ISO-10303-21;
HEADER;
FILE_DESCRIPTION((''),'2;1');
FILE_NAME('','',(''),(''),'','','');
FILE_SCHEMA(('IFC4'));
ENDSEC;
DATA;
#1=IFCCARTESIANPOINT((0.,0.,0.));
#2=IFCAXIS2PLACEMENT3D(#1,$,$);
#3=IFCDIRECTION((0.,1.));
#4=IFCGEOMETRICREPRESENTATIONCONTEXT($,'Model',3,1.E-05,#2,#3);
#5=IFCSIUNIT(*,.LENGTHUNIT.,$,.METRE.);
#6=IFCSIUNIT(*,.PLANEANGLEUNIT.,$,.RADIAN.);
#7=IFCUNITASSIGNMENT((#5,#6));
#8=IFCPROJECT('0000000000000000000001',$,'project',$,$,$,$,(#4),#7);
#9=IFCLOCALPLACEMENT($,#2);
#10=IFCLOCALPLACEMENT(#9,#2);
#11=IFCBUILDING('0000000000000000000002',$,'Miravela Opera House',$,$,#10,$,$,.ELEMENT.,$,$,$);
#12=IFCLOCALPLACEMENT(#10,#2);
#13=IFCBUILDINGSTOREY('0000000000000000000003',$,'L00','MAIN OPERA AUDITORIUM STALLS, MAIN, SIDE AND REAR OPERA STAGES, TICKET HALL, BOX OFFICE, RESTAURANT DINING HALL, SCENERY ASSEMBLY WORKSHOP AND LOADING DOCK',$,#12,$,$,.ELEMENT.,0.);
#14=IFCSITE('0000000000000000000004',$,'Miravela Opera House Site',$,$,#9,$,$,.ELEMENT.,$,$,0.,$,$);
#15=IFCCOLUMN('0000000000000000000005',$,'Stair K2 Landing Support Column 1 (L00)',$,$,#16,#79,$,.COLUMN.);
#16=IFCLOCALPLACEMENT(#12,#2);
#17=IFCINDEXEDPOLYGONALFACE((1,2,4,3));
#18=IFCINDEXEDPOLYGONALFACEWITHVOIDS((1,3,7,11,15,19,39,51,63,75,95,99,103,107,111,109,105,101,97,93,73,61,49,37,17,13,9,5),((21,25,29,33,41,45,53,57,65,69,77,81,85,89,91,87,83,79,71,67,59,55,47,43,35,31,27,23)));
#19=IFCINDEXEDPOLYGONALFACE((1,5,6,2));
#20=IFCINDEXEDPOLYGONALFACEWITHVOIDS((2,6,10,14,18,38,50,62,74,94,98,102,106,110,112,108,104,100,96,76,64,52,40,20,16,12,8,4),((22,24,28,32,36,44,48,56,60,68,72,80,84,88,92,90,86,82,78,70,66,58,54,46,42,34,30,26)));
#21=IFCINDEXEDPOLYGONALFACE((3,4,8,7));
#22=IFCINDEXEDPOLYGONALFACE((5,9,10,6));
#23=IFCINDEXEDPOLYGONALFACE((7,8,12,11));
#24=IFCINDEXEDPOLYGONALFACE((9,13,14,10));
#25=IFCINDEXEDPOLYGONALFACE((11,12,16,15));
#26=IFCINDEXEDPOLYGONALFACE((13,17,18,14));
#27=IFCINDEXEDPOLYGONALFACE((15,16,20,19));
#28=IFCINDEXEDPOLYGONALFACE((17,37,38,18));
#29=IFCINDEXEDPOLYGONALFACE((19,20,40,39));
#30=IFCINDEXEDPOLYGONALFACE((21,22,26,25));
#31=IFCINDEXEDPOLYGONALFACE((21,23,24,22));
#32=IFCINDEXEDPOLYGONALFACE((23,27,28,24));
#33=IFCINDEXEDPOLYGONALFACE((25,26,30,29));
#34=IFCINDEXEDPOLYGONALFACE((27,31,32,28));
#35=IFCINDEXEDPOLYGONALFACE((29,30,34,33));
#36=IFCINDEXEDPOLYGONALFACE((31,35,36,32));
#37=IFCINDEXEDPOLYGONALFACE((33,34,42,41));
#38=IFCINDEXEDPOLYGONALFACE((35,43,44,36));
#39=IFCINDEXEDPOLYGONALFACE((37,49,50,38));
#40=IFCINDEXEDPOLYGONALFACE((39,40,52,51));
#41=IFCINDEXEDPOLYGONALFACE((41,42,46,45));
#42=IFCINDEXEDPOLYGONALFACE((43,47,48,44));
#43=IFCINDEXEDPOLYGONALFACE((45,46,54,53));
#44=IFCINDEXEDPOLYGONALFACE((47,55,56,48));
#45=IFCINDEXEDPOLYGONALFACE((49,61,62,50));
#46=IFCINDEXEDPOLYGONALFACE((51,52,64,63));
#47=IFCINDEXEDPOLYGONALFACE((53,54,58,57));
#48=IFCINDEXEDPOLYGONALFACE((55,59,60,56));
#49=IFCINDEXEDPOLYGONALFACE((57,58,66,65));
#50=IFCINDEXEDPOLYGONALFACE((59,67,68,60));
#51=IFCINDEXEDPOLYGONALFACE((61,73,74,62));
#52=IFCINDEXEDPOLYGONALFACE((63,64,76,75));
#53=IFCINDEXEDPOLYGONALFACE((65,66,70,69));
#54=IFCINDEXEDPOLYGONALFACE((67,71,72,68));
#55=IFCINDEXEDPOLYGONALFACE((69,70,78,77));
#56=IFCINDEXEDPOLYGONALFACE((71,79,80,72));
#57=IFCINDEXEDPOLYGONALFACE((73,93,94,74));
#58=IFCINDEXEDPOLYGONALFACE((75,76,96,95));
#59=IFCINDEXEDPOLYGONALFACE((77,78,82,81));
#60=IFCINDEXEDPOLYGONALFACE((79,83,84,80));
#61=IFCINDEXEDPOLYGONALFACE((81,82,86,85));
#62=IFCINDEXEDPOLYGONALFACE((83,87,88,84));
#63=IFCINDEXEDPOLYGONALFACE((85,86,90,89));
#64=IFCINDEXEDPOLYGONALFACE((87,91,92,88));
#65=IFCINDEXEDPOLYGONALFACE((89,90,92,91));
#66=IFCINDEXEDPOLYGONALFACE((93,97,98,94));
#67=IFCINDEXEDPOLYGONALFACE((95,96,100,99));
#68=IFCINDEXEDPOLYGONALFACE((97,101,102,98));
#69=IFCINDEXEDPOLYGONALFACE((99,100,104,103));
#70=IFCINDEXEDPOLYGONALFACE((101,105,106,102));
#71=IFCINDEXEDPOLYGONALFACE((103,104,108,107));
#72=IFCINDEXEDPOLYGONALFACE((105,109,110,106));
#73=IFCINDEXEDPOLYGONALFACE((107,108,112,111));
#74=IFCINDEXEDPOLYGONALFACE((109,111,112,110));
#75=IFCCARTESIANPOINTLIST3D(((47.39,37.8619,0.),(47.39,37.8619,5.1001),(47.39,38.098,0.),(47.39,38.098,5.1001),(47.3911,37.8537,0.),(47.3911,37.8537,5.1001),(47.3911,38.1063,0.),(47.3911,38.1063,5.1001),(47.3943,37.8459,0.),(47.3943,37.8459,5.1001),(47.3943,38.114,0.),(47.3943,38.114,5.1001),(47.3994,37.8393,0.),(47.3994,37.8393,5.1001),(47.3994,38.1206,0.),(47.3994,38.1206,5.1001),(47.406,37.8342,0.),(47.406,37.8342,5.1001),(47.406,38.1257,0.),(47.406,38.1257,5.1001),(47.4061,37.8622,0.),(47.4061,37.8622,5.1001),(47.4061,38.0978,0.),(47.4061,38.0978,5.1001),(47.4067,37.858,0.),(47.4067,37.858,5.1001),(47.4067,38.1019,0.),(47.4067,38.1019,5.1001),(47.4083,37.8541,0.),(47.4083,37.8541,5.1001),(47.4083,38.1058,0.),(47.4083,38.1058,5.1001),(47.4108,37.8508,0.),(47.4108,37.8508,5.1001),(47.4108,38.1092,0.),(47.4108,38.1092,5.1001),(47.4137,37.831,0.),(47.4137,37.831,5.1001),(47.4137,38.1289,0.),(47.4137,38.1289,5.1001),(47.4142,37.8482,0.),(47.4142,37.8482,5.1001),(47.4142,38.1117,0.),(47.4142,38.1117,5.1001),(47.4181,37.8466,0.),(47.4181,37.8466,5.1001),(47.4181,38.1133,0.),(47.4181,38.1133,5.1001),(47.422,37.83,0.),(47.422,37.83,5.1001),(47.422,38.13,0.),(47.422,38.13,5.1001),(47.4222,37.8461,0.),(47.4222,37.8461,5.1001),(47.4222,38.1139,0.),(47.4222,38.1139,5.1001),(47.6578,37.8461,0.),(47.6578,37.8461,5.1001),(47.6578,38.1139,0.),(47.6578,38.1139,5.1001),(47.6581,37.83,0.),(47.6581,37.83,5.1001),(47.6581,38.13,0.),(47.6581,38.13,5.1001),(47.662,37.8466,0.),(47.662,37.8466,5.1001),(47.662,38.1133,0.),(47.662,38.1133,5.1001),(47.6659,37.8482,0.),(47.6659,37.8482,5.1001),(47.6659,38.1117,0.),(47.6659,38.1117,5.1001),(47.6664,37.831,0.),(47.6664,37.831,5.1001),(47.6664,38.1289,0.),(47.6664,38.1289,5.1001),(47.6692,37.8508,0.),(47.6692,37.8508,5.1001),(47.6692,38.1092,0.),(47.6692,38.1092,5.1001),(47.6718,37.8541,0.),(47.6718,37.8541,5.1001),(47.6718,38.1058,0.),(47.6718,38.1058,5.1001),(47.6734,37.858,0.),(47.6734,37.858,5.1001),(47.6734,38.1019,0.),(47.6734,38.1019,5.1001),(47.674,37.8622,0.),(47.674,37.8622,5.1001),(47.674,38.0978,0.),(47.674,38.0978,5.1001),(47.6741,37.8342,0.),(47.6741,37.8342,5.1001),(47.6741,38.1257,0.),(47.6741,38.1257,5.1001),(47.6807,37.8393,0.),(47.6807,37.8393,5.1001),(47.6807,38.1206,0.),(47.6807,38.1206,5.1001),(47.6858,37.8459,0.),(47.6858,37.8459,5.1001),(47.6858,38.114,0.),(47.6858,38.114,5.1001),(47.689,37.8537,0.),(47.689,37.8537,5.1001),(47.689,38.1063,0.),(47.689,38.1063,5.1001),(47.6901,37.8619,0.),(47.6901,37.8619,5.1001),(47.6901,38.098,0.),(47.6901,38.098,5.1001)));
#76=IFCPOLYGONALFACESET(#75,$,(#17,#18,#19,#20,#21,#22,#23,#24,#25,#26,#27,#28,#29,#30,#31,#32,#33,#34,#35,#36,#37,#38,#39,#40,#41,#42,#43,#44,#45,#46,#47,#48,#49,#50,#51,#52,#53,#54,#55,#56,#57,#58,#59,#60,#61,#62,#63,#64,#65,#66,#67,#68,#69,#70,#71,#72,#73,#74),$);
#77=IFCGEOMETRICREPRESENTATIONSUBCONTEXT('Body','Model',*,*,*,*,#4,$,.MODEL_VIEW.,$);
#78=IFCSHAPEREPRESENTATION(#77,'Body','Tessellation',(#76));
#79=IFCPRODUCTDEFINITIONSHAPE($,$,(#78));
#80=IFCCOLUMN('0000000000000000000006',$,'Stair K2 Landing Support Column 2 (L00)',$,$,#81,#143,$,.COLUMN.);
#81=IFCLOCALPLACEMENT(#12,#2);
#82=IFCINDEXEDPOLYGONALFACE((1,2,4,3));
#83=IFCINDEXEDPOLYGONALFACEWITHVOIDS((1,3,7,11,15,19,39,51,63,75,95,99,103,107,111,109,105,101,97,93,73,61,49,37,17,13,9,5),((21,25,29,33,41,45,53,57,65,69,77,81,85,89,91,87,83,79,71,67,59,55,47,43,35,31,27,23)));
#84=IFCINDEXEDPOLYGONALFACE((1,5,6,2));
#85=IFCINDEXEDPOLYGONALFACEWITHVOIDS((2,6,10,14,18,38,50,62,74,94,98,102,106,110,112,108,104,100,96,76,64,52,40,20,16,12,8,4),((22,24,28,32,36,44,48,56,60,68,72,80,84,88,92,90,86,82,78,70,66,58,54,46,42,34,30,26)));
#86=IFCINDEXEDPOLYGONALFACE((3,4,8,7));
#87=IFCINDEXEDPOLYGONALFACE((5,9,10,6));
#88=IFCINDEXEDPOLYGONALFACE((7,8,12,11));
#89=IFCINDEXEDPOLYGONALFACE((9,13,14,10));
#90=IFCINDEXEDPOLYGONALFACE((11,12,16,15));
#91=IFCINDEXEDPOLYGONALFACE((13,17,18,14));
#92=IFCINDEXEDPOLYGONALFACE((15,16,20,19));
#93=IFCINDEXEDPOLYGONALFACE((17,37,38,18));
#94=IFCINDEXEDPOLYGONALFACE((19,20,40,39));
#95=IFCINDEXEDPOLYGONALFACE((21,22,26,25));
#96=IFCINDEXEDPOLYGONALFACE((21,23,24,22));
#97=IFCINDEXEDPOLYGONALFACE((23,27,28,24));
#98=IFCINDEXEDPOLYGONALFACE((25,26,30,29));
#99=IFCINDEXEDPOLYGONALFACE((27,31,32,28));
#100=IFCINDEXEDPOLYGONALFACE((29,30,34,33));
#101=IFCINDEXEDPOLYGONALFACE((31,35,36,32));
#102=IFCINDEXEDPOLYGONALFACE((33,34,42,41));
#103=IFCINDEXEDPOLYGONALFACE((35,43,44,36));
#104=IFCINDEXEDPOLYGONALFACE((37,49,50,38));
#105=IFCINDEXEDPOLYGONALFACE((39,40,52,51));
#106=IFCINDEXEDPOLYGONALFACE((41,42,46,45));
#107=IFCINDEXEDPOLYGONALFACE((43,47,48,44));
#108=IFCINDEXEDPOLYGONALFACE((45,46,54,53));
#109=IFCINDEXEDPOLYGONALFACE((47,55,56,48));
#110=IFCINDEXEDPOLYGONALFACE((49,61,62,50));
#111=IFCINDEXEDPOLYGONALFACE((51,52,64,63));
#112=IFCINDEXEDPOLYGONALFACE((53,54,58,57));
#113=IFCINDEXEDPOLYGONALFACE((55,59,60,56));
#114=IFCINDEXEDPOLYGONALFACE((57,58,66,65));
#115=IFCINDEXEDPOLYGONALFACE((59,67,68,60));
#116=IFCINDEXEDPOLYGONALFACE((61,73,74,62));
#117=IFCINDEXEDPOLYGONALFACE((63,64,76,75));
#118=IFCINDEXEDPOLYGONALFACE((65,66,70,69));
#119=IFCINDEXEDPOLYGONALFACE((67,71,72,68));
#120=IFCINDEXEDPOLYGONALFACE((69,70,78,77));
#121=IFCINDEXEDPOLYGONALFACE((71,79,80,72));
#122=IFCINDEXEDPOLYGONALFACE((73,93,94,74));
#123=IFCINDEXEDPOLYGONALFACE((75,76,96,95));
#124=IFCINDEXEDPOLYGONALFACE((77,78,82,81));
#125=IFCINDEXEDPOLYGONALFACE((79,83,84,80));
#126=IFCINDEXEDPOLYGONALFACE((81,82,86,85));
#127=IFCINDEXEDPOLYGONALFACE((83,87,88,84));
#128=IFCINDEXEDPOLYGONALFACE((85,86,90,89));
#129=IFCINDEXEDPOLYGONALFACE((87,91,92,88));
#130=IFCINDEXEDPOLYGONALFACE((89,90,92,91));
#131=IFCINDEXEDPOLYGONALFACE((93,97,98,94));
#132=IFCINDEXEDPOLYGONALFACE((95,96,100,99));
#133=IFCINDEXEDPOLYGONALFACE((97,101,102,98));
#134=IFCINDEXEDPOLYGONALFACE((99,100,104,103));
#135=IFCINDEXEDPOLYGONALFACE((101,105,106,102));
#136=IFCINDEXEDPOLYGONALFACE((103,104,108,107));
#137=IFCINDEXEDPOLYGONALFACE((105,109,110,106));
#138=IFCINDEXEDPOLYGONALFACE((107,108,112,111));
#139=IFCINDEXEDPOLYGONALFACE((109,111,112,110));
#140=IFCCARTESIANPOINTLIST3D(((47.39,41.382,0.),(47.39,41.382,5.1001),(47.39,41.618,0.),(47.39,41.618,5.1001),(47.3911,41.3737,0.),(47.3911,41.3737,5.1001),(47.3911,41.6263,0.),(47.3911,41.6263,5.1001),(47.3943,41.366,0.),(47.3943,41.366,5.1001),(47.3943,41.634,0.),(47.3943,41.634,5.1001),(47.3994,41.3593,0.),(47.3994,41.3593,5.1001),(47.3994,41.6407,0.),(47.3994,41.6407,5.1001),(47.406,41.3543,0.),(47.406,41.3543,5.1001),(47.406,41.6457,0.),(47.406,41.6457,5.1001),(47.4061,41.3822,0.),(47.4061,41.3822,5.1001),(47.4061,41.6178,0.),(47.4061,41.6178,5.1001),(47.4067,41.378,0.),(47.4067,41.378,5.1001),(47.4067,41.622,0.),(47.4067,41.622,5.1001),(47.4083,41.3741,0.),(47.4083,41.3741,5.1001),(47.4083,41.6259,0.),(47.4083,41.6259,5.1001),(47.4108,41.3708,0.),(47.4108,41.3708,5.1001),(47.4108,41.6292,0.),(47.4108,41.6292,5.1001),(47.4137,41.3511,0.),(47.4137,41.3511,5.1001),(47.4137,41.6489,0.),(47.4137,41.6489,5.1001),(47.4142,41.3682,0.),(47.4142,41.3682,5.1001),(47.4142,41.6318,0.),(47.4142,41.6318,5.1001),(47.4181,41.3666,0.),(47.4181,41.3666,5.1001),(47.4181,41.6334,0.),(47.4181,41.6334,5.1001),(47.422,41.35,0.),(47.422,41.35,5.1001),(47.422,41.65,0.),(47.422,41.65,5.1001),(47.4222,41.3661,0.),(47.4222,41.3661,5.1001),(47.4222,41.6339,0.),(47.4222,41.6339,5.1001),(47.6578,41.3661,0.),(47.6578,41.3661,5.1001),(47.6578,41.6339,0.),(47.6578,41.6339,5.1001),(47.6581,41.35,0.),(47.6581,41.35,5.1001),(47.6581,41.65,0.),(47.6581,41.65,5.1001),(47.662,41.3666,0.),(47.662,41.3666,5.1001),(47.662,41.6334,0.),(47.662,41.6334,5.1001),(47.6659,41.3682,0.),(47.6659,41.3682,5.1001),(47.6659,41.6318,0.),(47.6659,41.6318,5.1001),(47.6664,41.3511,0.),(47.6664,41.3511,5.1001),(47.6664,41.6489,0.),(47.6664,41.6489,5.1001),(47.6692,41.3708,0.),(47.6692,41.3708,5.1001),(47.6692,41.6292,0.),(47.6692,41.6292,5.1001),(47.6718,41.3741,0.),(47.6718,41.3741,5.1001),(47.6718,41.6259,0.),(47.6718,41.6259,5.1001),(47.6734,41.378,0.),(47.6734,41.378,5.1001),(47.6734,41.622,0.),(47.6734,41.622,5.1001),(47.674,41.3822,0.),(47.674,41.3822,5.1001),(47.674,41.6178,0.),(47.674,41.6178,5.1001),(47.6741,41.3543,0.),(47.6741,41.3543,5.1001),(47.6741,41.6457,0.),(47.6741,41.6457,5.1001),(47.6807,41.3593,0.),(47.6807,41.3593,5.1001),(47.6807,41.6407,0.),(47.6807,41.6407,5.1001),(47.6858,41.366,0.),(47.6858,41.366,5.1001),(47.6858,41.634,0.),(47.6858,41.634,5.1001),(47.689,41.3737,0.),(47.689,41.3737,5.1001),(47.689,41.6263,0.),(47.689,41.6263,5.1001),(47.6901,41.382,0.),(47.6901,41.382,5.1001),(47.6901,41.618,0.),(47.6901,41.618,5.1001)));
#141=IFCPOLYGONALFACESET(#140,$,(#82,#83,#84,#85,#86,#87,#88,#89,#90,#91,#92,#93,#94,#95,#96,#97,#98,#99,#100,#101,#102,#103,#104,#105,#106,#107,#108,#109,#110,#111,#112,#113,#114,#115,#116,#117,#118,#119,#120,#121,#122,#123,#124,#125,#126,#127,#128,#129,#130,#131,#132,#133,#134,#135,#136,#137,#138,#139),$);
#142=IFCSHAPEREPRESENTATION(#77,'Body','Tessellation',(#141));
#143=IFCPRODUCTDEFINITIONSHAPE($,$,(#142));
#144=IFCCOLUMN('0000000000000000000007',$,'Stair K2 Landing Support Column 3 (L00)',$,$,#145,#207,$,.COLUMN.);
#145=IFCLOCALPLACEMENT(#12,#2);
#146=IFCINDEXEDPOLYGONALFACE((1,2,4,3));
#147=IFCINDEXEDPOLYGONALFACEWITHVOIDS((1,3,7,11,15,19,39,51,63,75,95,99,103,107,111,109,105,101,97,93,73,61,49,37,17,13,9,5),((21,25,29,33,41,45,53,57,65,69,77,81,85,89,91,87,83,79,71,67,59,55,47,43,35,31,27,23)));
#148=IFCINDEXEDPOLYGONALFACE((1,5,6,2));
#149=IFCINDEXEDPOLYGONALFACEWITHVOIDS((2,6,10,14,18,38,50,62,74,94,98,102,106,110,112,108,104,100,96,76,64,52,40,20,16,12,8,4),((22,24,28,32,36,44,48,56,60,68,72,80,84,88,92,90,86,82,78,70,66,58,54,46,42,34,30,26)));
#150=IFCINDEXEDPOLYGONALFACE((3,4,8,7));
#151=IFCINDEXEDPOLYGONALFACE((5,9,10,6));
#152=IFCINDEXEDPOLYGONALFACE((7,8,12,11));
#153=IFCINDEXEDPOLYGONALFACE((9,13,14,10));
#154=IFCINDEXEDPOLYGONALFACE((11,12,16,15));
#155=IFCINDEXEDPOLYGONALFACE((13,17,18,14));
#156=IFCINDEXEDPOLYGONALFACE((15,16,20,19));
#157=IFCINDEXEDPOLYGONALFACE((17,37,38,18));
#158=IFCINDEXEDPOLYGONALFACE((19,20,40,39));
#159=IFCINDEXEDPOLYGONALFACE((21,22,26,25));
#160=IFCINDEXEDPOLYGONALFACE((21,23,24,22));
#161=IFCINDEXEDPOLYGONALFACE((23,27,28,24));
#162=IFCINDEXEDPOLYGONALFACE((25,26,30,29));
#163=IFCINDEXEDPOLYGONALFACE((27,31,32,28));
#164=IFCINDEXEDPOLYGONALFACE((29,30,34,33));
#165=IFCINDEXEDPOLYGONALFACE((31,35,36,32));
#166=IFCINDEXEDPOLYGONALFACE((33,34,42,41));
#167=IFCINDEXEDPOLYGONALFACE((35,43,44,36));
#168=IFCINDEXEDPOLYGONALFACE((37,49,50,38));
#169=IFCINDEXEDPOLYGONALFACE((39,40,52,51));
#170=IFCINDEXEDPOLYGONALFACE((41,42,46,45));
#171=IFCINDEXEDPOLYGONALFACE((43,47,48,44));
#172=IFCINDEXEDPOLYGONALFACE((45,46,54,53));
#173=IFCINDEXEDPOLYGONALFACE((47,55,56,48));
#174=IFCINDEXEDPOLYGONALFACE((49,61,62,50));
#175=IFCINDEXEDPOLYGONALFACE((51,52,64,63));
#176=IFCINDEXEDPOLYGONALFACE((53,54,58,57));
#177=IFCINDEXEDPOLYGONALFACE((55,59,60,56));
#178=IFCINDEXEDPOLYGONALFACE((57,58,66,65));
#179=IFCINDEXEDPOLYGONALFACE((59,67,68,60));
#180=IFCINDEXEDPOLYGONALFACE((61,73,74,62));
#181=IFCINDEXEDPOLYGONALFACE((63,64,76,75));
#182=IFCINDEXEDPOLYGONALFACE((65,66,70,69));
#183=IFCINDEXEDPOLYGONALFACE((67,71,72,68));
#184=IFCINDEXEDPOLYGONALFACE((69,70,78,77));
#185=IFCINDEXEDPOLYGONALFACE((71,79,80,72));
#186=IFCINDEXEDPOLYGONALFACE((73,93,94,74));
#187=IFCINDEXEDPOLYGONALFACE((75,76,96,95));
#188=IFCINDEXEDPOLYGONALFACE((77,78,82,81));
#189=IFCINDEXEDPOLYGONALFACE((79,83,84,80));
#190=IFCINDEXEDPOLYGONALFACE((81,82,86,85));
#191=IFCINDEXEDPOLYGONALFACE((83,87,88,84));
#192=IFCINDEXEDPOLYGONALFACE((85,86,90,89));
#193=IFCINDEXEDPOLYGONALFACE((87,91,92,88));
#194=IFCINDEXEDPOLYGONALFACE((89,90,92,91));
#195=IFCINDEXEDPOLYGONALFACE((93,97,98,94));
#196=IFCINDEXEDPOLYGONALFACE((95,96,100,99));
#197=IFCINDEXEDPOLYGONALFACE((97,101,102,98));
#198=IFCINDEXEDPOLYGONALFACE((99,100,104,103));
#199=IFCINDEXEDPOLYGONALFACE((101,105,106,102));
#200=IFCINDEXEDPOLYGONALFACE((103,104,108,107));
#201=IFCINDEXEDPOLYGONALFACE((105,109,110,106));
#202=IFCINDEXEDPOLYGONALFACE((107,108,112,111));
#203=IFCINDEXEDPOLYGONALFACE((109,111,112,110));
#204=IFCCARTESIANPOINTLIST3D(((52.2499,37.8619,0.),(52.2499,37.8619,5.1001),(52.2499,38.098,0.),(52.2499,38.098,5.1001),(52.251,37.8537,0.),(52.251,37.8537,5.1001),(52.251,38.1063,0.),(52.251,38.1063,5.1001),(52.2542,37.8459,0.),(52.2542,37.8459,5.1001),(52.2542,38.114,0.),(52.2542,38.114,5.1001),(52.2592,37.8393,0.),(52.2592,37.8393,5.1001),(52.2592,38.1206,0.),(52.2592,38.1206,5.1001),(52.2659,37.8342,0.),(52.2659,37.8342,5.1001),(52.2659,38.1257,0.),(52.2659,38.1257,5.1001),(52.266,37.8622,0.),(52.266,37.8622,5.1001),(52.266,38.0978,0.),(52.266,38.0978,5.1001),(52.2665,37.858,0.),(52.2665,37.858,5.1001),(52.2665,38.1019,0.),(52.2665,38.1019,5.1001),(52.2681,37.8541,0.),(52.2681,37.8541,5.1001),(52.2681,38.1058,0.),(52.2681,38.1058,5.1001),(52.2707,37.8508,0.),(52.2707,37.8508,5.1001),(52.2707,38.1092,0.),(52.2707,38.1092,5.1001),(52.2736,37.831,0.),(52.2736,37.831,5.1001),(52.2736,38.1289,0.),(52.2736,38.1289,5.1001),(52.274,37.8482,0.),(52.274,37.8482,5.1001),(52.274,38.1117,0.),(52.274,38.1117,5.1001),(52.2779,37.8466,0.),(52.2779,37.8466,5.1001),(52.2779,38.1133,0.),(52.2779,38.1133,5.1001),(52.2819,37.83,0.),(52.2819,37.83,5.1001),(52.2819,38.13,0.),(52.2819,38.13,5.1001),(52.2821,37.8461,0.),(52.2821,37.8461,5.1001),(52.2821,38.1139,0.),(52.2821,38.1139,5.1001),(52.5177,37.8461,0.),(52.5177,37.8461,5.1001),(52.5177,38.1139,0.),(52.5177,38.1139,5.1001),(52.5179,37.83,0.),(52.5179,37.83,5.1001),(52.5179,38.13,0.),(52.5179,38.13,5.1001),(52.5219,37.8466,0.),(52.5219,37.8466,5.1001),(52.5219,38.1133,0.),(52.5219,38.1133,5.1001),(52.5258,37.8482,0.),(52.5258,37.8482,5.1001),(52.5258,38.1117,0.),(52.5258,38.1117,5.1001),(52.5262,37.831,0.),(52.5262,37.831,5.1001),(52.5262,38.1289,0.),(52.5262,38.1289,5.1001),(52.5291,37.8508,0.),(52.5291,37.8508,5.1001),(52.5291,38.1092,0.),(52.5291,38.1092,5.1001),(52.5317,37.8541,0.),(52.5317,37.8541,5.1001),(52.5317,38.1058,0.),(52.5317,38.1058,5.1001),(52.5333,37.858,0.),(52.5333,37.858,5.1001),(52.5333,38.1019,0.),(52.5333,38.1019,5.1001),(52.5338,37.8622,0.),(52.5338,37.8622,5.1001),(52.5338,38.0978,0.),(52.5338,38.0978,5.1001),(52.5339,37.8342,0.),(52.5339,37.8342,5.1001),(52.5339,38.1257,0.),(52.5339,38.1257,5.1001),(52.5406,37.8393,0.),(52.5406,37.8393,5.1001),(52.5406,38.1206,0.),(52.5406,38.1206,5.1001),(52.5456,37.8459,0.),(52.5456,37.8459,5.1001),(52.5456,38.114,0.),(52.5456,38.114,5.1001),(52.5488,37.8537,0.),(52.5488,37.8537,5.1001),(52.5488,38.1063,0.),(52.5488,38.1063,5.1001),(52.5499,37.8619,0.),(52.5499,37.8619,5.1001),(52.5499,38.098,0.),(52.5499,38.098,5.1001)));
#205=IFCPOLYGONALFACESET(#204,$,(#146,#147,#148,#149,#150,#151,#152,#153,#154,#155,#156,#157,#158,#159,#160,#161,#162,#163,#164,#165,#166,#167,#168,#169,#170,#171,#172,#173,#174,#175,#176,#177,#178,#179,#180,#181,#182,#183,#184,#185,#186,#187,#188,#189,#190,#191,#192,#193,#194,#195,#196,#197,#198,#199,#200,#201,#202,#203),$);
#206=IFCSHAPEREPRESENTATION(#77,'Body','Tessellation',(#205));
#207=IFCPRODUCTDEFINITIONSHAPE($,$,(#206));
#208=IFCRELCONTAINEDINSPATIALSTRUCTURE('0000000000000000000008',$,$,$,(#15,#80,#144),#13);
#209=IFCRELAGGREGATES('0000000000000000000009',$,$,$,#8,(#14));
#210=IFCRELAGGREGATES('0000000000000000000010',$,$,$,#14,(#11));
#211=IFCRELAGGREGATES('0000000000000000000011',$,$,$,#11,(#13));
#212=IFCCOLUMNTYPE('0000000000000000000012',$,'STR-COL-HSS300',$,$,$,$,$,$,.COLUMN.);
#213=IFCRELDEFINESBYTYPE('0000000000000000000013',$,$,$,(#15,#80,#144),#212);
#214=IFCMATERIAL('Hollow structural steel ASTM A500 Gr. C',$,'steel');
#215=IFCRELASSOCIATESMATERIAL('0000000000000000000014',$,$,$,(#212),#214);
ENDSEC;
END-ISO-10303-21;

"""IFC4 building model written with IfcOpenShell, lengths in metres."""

from ifc_helpers import new_model, si_unit, direction, frame, origin, origin_2d, place, context, subcontext, project, spatial, hollow_rectangle, extrude, material, material_profile, profile_set, type_object, element, save


model = new_model("IFC4")

# Units and contexts
model_context = context("Model", 3, precision=1e-05, world=origin(), true_north=direction((0.0, 1.0)))
body_context = subcontext(model_context, "Body", "Model", "MODEL_VIEW")
ifc_project = project(units=[si_unit("LENGTHUNIT", "METRE"), si_unit("PLANEANGLEUNIT", "RADIAN")], contexts=[model_context])

# Site, building, storey
site_placement = place(None, origin())
site = spatial("IfcSite", under=ifc_project, at=site_placement, Name="Miravela Opera House Site", CompositionType="ELEMENT", RefElevation=0.0)
building_placement = place(site_placement, origin())
building = spatial("IfcBuilding", under=site, at=building_placement, Name="Miravela Opera House", CompositionType="ELEMENT")
storey_placement = place(building_placement, origin())
storey = spatial("IfcBuildingStorey", under=building, at=storey_placement, Name="L00", Description="MAIN OPERA AUDITORIUM STALLS, MAIN, SIDE AND REAR OPERA STAGES, TICKET HALL, BOX OFFICE, RESTAURANT DINING HALL, SCENERY ASSEMBLY WORKSHOP AND LOADING DOCK", CompositionType="ELEMENT", Elevation=0.0)

# Columns
ifc_material_1 = material(Name="Hollow structural steel ASTM A500 Gr. C", Category="steel")
ifc_material_profile_1 = material_profile(ifc_material_1, hollow_rectangle(XDim=0.3, YDim=0.3, WallThickness=0.0161, InnerFilletRadius=0.0161, OuterFilletRadius=0.032, at=origin_2d()), Name="HSS300X300X16")
ifc_profile_set_1 = profile_set([ifc_material_profile_1])
column_type = type_object("IfcColumnType", Name="STR-COL-HSS300", PredefinedType="COLUMN", material=ifc_profile_set_1)
for number, where, z_axis, x_axis, name in (
    (1, (47.54, 37.98, 0.0), (0.0, 0.0, 1.0), (1.0, 0.0, 0.0), "Stair K2 Landing Support Column 1 (L00)"),
    (2, (47.54, 41.5, 0.0), (0.0, 0.0, 1.0), (1.0, 0.0, 0.0), "Stair K2 Landing Support Column 2 (L00)"),
    (3, (52.3999, 37.98, 0.0), (0.0, 0.0, 1.0), (1.0, 0.0, 0.0), "Stair K2 Landing Support Column 3 (L00)"),
):
    element("IfcColumn", number, at=place(storey_placement, frame(where, z_axis=z_axis, x_axis=x_axis)), inside=storey, type_object=column_type, Name=name, PredefinedType="COLUMN", context=body_context, shape_type="SweptSolid", body=[
        extrude(hollow_rectangle(XDim=0.3, YDim=0.3, WallThickness=0.0161, InnerFilletRadius=0.0161, OuterFilletRadius=0.032, at=origin_2d()), origin(), (0.0, 0.0, 1.0), 5.1001),
    ])

save(model, "model.ifc")
